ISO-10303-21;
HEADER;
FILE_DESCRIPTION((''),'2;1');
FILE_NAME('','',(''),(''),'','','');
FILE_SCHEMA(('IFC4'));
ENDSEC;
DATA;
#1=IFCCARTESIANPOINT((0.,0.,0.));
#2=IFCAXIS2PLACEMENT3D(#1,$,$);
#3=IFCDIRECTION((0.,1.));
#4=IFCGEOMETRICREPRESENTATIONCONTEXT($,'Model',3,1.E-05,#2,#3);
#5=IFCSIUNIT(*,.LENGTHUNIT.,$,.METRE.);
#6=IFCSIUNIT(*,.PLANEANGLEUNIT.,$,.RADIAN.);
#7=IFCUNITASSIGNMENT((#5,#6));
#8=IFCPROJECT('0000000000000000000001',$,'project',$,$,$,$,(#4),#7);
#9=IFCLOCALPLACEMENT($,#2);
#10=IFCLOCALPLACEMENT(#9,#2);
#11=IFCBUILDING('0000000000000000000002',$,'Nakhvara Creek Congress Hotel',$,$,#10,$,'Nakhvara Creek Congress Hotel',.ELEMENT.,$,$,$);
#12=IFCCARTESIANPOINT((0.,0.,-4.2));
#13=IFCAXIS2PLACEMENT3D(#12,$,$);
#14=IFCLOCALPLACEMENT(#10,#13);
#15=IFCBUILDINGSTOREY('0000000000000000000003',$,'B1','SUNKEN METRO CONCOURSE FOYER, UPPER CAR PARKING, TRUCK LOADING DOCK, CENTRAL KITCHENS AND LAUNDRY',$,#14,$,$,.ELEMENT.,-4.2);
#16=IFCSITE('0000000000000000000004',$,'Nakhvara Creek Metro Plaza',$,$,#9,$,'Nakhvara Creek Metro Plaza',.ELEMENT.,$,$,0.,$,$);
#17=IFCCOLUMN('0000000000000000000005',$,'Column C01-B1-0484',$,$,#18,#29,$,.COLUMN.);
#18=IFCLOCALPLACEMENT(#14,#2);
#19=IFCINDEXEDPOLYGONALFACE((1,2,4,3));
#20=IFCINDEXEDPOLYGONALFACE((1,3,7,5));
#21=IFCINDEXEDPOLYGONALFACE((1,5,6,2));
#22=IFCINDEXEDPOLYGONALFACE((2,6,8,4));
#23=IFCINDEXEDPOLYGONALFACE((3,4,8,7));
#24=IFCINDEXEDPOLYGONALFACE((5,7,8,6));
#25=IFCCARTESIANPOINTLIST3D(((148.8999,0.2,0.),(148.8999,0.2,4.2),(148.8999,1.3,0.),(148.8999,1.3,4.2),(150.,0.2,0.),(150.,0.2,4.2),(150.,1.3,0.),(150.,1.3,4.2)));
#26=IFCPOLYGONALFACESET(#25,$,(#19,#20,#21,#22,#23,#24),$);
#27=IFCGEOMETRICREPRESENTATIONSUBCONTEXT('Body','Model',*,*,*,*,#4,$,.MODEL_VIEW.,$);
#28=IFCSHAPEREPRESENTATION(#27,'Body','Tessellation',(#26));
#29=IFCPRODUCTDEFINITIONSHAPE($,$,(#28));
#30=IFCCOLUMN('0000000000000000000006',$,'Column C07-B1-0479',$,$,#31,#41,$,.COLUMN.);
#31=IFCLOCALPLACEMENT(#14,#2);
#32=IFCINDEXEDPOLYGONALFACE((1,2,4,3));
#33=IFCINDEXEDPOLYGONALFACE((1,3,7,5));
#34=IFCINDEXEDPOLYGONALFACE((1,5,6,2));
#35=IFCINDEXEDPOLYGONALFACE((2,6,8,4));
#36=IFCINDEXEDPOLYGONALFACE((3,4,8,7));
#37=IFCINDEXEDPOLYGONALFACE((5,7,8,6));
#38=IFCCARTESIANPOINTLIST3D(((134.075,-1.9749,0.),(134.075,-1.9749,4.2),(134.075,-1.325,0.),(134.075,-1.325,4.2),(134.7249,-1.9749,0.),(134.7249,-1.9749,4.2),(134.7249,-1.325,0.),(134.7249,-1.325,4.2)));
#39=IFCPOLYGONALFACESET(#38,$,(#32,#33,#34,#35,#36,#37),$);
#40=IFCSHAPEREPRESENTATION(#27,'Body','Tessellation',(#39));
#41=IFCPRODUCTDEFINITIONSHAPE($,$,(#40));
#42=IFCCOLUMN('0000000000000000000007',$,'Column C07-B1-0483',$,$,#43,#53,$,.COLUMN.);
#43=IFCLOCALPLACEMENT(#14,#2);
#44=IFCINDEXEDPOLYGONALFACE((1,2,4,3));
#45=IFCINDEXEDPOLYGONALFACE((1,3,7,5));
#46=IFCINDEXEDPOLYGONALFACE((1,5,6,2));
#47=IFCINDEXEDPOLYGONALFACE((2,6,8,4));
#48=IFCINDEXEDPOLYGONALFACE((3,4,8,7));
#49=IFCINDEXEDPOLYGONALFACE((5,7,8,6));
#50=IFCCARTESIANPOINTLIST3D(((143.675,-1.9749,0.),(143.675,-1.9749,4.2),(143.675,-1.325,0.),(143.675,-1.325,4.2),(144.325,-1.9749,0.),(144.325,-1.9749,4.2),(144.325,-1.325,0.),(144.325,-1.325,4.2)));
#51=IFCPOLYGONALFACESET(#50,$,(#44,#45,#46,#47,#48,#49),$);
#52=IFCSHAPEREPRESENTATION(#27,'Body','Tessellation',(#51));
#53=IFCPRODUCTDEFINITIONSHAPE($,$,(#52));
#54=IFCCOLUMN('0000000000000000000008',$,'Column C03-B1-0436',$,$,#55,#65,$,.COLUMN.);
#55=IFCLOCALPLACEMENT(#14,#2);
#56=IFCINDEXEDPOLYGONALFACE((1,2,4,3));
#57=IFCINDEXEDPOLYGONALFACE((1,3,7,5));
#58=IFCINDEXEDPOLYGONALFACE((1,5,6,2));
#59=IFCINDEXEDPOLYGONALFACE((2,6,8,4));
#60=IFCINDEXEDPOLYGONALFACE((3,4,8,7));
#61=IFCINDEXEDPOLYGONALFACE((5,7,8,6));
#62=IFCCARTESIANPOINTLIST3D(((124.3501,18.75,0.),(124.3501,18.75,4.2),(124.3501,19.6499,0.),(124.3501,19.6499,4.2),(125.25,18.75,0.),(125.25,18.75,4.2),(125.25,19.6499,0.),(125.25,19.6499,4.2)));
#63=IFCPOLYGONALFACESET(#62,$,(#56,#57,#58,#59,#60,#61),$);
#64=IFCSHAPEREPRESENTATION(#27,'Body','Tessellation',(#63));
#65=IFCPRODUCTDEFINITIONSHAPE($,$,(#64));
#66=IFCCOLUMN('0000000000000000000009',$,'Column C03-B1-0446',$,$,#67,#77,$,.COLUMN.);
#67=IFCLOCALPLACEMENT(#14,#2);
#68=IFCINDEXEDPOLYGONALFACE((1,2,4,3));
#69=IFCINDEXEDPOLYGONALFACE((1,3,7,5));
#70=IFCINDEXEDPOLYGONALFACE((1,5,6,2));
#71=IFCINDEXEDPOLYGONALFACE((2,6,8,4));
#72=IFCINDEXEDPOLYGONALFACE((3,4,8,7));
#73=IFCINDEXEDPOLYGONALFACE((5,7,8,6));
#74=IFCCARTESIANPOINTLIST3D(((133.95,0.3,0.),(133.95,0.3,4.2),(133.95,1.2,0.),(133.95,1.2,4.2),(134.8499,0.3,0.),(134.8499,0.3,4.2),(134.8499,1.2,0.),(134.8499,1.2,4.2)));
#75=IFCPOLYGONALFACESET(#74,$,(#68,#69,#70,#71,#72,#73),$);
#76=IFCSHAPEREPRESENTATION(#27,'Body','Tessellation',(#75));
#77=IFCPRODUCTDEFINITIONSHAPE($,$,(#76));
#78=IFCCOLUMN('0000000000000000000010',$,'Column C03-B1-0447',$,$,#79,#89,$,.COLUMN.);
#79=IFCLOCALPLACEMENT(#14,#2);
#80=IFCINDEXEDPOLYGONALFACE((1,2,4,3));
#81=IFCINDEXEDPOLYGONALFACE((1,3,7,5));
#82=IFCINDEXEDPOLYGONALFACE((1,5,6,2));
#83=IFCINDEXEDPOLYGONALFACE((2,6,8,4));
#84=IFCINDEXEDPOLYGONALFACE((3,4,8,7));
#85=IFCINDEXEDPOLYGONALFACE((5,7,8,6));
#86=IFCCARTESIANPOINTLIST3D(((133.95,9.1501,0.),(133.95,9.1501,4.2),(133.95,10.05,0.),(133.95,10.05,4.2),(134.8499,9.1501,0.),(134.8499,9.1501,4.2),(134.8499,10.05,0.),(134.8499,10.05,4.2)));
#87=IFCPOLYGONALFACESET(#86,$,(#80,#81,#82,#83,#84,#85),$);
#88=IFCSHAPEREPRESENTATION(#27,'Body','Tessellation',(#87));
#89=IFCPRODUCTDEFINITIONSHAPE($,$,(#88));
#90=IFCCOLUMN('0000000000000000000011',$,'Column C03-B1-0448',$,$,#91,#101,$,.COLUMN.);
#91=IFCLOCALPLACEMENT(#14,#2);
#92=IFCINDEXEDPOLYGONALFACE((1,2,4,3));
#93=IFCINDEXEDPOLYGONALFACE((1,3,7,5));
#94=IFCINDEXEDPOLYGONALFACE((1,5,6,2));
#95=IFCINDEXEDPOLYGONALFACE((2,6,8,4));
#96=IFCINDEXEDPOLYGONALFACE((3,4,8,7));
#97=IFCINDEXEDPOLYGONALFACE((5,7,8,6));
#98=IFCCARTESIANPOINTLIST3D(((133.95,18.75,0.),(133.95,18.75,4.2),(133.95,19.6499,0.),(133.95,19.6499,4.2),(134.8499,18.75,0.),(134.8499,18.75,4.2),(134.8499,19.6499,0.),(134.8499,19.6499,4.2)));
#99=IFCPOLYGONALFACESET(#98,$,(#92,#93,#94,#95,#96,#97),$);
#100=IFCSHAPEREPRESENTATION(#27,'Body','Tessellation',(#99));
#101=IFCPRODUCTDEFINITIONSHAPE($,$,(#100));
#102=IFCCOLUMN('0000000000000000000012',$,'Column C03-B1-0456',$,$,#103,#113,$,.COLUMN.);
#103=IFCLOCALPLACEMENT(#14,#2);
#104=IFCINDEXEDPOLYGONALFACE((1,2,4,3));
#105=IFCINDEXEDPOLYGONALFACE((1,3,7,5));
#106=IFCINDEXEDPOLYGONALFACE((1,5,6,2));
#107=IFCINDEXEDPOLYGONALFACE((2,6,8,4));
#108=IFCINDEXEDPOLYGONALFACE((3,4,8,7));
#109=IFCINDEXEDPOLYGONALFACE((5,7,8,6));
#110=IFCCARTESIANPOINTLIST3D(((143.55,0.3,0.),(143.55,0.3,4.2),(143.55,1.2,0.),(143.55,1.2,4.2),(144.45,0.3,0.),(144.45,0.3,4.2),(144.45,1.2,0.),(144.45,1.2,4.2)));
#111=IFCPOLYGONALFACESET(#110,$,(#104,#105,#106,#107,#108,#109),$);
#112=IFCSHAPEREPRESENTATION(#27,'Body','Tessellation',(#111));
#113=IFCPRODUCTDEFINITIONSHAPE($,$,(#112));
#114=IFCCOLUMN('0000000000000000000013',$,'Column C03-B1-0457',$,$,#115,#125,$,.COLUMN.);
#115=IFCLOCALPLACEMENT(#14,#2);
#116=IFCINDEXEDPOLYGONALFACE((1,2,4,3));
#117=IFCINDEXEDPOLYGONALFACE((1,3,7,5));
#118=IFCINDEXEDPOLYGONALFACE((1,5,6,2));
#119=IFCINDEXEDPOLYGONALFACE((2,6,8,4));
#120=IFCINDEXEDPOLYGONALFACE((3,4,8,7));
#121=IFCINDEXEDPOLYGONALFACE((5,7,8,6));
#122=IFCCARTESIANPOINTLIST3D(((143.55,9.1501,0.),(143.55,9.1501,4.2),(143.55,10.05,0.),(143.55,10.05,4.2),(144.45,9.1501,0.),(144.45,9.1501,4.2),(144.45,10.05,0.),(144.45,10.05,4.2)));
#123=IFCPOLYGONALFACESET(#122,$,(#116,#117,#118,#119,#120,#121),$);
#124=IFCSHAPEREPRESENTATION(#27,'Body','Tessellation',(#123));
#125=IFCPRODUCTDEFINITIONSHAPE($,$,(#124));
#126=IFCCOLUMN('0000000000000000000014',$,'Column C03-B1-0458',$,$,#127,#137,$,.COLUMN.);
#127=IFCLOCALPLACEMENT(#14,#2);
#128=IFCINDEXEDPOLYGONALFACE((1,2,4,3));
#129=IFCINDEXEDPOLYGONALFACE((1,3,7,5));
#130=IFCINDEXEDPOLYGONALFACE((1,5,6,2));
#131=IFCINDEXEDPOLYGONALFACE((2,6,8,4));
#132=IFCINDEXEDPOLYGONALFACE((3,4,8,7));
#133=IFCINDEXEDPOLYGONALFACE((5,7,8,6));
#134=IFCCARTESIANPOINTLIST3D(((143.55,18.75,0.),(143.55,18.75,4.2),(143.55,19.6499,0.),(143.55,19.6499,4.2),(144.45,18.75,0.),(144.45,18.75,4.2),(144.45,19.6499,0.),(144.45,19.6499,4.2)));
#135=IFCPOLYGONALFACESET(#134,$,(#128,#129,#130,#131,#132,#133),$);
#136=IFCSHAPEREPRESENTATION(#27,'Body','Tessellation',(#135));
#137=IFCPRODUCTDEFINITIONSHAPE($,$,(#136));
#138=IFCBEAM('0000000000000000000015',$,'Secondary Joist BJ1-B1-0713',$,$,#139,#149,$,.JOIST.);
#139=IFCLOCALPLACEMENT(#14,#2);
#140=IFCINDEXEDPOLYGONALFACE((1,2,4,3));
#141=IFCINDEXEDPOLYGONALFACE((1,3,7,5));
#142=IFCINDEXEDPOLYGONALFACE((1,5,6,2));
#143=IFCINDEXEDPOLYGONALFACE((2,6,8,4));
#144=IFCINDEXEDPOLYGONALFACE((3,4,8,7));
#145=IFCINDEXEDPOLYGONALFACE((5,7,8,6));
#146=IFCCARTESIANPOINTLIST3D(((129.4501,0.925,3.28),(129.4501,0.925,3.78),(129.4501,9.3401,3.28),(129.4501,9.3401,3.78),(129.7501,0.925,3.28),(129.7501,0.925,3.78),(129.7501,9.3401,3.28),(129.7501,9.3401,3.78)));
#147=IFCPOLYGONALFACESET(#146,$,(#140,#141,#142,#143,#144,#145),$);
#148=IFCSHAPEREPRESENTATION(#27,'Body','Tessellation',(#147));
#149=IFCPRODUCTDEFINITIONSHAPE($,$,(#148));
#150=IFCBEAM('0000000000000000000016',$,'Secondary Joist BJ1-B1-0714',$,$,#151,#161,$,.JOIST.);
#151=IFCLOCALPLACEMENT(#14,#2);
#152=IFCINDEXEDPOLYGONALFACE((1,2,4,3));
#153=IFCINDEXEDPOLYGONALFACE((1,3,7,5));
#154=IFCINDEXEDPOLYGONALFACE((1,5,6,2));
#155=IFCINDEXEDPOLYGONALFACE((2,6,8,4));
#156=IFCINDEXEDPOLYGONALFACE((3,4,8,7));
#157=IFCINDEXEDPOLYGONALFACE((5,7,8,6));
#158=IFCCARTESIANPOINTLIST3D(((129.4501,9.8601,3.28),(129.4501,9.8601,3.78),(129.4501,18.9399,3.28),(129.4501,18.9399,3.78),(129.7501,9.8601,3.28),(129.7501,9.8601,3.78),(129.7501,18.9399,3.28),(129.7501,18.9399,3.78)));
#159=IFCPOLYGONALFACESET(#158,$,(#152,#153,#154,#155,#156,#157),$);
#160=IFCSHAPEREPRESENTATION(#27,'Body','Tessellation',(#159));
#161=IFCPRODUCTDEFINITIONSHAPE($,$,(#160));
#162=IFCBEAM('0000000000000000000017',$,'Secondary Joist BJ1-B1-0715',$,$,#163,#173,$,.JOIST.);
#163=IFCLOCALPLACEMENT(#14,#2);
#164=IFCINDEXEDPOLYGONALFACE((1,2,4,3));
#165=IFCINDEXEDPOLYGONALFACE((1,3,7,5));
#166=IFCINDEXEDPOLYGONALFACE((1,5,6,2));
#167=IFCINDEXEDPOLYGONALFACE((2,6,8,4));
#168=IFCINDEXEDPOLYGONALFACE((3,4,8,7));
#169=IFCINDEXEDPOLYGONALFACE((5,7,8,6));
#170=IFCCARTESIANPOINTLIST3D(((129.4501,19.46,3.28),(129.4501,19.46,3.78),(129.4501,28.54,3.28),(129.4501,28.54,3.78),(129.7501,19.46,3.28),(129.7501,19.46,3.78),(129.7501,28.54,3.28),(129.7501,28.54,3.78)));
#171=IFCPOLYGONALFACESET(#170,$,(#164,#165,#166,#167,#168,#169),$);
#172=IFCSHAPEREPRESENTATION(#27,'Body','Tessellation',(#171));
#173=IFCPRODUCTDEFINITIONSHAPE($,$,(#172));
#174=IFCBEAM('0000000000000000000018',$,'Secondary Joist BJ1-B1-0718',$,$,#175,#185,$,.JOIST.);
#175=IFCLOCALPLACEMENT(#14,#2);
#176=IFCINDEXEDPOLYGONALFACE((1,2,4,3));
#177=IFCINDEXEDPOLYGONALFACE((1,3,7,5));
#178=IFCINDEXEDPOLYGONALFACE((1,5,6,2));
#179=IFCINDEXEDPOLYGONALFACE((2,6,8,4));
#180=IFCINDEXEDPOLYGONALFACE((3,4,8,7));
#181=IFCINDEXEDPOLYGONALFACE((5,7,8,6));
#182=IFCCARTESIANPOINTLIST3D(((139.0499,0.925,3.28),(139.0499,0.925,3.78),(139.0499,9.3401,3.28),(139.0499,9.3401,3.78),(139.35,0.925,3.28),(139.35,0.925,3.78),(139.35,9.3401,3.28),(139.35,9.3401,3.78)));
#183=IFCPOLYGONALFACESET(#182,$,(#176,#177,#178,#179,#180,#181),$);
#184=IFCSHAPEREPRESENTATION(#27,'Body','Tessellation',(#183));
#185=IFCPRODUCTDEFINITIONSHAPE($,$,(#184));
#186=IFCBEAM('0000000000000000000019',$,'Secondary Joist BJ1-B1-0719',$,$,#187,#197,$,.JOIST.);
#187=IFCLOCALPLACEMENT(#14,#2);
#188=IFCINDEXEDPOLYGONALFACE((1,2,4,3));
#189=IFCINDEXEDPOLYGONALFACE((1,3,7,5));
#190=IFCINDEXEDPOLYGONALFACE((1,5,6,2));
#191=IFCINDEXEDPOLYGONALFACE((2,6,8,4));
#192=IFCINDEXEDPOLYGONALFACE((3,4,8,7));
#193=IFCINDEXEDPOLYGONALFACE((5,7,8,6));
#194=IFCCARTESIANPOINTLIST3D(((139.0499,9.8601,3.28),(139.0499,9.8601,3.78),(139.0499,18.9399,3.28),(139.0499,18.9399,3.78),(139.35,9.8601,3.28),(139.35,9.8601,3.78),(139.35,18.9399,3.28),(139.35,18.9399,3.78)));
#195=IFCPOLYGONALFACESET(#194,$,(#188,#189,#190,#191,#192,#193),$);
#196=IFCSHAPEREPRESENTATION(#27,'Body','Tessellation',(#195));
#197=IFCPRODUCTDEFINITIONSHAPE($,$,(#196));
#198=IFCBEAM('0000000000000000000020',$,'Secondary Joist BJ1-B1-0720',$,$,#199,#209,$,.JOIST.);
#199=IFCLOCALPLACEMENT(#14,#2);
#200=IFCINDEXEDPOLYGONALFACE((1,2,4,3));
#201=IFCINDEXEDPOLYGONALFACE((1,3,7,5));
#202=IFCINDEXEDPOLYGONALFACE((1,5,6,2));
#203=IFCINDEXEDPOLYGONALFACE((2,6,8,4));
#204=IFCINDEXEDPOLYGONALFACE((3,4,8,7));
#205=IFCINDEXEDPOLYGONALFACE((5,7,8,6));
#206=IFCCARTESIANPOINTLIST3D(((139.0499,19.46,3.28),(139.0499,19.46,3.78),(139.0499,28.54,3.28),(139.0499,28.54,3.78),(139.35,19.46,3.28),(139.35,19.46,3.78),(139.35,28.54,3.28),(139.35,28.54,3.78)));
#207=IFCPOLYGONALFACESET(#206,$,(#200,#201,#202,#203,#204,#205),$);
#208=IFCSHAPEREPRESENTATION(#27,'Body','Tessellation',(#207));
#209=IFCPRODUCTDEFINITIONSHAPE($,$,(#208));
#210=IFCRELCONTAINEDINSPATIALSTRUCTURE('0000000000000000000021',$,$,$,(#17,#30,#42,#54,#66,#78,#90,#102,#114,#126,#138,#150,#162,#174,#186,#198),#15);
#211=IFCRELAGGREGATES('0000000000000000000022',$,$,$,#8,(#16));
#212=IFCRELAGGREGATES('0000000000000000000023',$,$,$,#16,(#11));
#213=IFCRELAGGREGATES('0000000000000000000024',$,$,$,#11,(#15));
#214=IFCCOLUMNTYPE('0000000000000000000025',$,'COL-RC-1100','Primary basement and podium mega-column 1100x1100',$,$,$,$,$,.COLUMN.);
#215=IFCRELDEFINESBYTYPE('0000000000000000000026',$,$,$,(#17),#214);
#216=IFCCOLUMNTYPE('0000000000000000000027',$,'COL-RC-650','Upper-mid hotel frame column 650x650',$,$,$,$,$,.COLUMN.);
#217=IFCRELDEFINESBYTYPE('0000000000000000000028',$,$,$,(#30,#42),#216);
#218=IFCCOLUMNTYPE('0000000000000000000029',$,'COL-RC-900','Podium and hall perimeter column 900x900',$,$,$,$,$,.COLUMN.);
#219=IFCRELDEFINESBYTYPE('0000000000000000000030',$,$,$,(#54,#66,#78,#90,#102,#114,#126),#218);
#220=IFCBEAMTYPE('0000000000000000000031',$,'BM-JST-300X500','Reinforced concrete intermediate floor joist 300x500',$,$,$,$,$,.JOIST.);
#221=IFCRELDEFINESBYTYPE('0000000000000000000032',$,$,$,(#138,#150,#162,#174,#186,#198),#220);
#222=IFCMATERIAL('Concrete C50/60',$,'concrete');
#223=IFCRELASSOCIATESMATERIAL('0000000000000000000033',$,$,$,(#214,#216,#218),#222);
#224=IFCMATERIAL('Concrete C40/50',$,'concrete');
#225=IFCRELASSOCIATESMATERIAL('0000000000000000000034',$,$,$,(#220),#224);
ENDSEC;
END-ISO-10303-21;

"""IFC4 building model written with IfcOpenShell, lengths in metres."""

from ifc_helpers import new_model, si_unit, direction, frame, origin, origin_2d, place, context, subcontext, project, spatial, rectangle, extrude, material, material_profile, profile_set, type_object, element, save


model = new_model("IFC4")

# Units and contexts
model_context = context("Model", 3, precision=1e-05, world=origin(), true_north=direction((0.0, 1.0)))
body_context = subcontext(model_context, "Body", "Model", "MODEL_VIEW")
ifc_project = project(units=[si_unit("LENGTHUNIT", "METRE"), si_unit("PLANEANGLEUNIT", "RADIAN")], contexts=[model_context])

# Site, building, storey
site_placement = place(None, origin())
site = spatial("IfcSite", under=ifc_project, at=site_placement, Name="Nakhvara Creek Metro Plaza", LongName="Nakhvara Creek Metro Plaza", CompositionType="ELEMENT", RefElevation=0.0)
building_placement = place(site_placement, origin())
building = spatial("IfcBuilding", under=site, at=building_placement, Name="Nakhvara Creek Congress Hotel", LongName="Nakhvara Creek Congress Hotel", CompositionType="ELEMENT")
storey_placement = place(building_placement, frame((0.0, 0.0, -4.2)))
storey = spatial("IfcBuildingStorey", under=building, at=storey_placement, Name="B1", Description="SUNKEN METRO CONCOURSE FOYER, UPPER CAR PARKING, TRUCK LOADING DOCK, CENTRAL KITCHENS AND LAUNDRY", CompositionType="ELEMENT", Elevation=-4.2)

# Columns
ifc_material_1 = material(Name="Concrete C50/60", Category="concrete")
ifc_material_profile_1 = material_profile(ifc_material_1, rectangle(XDim=1.1001, YDim=1.1001, at=origin_2d()), Name="RC-COL 1100x1100", Category="LoadBearing")
ifc_profile_set_1 = profile_set([ifc_material_profile_1], Name="Concrete C50/60")
column_type_1 = type_object("IfcColumnType", Name="COL-RC-1100", Description="Primary basement and podium mega-column 1100x1100", PredefinedType="COLUMN", material=ifc_profile_set_1)
column_placement = place(storey_placement, frame((149.45, 0.75, 0.0), z_axis=(0.0, 0.0, 1.0), x_axis=(1.0, 0.0, 0.0)))
element("IfcColumn", 1, at=column_placement, inside=storey, type_object=column_type_1, Name="Column C01-B1-0484", PredefinedType="COLUMN", context=body_context, shape_type="SweptSolid", body=[
    extrude(rectangle(XDim=1.1001, YDim=1.1001, at=origin_2d()), origin(), (0.0, 0.0, 1.0), 4.2),
])
ifc_material_profile_2 = material_profile(ifc_material_1, rectangle(XDim=0.6499, YDim=0.6499, at=origin_2d()), Name="RC-COL 650x650", Category="LoadBearing")
ifc_profile_set_2 = profile_set([ifc_material_profile_2], Name="Concrete C50/60")
column_type_2 = type_object("IfcColumnType", Name="COL-RC-650", Description="Upper-mid hotel frame column 650x650", PredefinedType="COLUMN", material=ifc_profile_set_2)
for number, where, z_axis, x_axis, name in (
    (2, (134.3999, -1.6499, 0.0), (0.0, 0.0, 1.0), (1.0, 0.0, 0.0), "Column C07-B1-0479"),
    (3, (144.0, -1.6499, 0.0), (0.0, 0.0, 1.0), (1.0, 0.0, 0.0), "Column C07-B1-0483"),
):
    element("IfcColumn", number, at=place(storey_placement, frame(where, z_axis=z_axis, x_axis=x_axis)), inside=storey, type_object=column_type_2, Name=name, PredefinedType="COLUMN", context=body_context, shape_type="SweptSolid", body=[
        extrude(rectangle(XDim=0.6499, YDim=0.6499, at=origin_2d()), origin(), (0.0, 0.0, 1.0), 4.2),
    ])
ifc_material_profile_3 = material_profile(ifc_material_1, rectangle(XDim=0.8999, YDim=0.8999, at=origin_2d()), Name="RC-COL 900x900", Category="LoadBearing")
ifc_profile_set_3 = profile_set([ifc_material_profile_3], Name="Concrete C50/60")
column_type_3 = type_object("IfcColumnType", Name="COL-RC-900", Description="Podium and hall perimeter column 900x900", PredefinedType="COLUMN", material=ifc_profile_set_3)
for number, where, z_axis, x_axis, name in (
    (4, (124.8, 19.2, 0.0), (0.0, 0.0, 1.0), (1.0, 0.0, 0.0), "Column C03-B1-0436"),
    (5, (134.3999, 0.75, 0.0), (0.0, 0.0, 1.0), (1.0, 0.0, 0.0), "Column C03-B1-0446"),
    (6, (134.3999, 9.6001, 0.0), (0.0, 0.0, 1.0), (1.0, 0.0, 0.0), "Column C03-B1-0447"),
    (7, (134.3999, 19.2, 0.0), (0.0, 0.0, 1.0), (1.0, 0.0, 0.0), "Column C03-B1-0448"),
    (8, (144.0, 0.75, 0.0), (0.0, 0.0, 1.0), (1.0, 0.0, 0.0), "Column C03-B1-0456"),
    (9, (144.0, 9.6001, 0.0), (0.0, 0.0, 1.0), (1.0, 0.0, 0.0), "Column C03-B1-0457"),
    (10, (144.0, 19.2, 0.0), (0.0, 0.0, 1.0), (1.0, 0.0, 0.0), "Column C03-B1-0458"),
):
    element("IfcColumn", number, at=place(storey_placement, frame(where, z_axis=z_axis, x_axis=x_axis)), inside=storey, type_object=column_type_3, Name=name, PredefinedType="COLUMN", context=body_context, shape_type="SweptSolid", body=[
        extrude(rectangle(XDim=0.8999, YDim=0.8999, at=origin_2d()), origin(), (0.0, 0.0, 1.0), 4.2),
    ])

# Beams
ifc_material_2 = material(Name="Concrete C40/50", Category="concrete")
ifc_material_profile_4 = material_profile(ifc_material_2, rectangle(XDim=0.3, YDim=0.5, at=origin_2d()), Name="RC-BM 300x500", Category="LoadBearing")
ifc_profile_set_4 = profile_set([ifc_material_profile_4], Name="Concrete C40/50")
beam_type_1 = type_object("IfcBeamType", Name="BM-JST-300X500", Description="Reinforced concrete intermediate floor joist 300x500", PredefinedType="JOIST", material=ifc_profile_set_4)
beam_1_placement = place(storey_placement, frame((129.6001, 0.925, 3.53), z_axis=(0.0, 1.0, 0.0), x_axis=(-1.0, 0.0, 0.0)))
element("IfcBeam", 11, at=beam_1_placement, inside=storey, type_object=beam_type_1, Name="Secondary Joist BJ1-B1-0713", PredefinedType="JOIST", context=body_context, shape_type="SweptSolid", body=[
    extrude(rectangle(XDim=0.3, YDim=0.5, at=origin_2d()), origin(), (0.0, 0.0, 1.0), 8.415),
])
beam_2_placement = place(storey_placement, frame((129.6001, 9.8601, 3.53), z_axis=(0.0, 1.0, 0.0), x_axis=(-1.0, 0.0, 0.0)))
element("IfcBeam", 12, at=beam_2_placement, inside=storey, type_object=beam_type_1, Name="Secondary Joist BJ1-B1-0714", PredefinedType="JOIST", context=body_context, shape_type="SweptSolid", body=[
    extrude(rectangle(XDim=0.3, YDim=0.5, at=origin_2d()), origin(), (0.0, 0.0, 1.0), 9.0798),
])
beam_3_placement = place(storey_placement, frame((129.6001, 19.46, 3.53), z_axis=(0.0, 1.0, 0.0), x_axis=(-1.0, 0.0, 0.0)))
element("IfcBeam", 13, at=beam_3_placement, inside=storey, type_object=beam_type_1, Name="Secondary Joist BJ1-B1-0715", PredefinedType="JOIST", context=body_context, shape_type="SweptSolid", body=[
    extrude(rectangle(XDim=0.3, YDim=0.5, at=origin_2d()), origin(), (0.0, 0.0, 1.0), 9.0801),
])
beam_4_placement = place(storey_placement, frame((139.2, 0.925, 3.53), z_axis=(0.0, 1.0, 0.0), x_axis=(-1.0, 0.0, 0.0)))
element("IfcBeam", 14, at=beam_4_placement, inside=storey, type_object=beam_type_1, Name="Secondary Joist BJ1-B1-0718", PredefinedType="JOIST", context=body_context, shape_type="SweptSolid", body=[
    extrude(rectangle(XDim=0.3, YDim=0.5, at=origin_2d()), origin(), (0.0, 0.0, 1.0), 8.415),
])
beam_5_placement = place(storey_placement, frame((139.2, 9.8601, 3.53), z_axis=(0.0, 1.0, 0.0), x_axis=(-1.0, 0.0, 0.0)))
element("IfcBeam", 15, at=beam_5_placement, inside=storey, type_object=beam_type_1, Name="Secondary Joist BJ1-B1-0719", PredefinedType="JOIST", context=body_context, shape_type="SweptSolid", body=[
    extrude(rectangle(XDim=0.3, YDim=0.5, at=origin_2d()), origin(), (0.0, 0.0, 1.0), 9.0798),
])
beam_6_placement = place(storey_placement, frame((139.2, 19.46, 3.53), z_axis=(0.0, 1.0, 0.0), x_axis=(-1.0, 0.0, 0.0)))
element("IfcBeam", 16, at=beam_6_placement, inside=storey, type_object=beam_type_1, Name="Secondary Joist BJ1-B1-0720", PredefinedType="JOIST", context=body_context, shape_type="SweptSolid", body=[
    extrude(rectangle(XDim=0.3, YDim=0.5, at=origin_2d()), origin(), (0.0, 0.0, 1.0), 9.0801),
])

save(model, "model.ifc")
